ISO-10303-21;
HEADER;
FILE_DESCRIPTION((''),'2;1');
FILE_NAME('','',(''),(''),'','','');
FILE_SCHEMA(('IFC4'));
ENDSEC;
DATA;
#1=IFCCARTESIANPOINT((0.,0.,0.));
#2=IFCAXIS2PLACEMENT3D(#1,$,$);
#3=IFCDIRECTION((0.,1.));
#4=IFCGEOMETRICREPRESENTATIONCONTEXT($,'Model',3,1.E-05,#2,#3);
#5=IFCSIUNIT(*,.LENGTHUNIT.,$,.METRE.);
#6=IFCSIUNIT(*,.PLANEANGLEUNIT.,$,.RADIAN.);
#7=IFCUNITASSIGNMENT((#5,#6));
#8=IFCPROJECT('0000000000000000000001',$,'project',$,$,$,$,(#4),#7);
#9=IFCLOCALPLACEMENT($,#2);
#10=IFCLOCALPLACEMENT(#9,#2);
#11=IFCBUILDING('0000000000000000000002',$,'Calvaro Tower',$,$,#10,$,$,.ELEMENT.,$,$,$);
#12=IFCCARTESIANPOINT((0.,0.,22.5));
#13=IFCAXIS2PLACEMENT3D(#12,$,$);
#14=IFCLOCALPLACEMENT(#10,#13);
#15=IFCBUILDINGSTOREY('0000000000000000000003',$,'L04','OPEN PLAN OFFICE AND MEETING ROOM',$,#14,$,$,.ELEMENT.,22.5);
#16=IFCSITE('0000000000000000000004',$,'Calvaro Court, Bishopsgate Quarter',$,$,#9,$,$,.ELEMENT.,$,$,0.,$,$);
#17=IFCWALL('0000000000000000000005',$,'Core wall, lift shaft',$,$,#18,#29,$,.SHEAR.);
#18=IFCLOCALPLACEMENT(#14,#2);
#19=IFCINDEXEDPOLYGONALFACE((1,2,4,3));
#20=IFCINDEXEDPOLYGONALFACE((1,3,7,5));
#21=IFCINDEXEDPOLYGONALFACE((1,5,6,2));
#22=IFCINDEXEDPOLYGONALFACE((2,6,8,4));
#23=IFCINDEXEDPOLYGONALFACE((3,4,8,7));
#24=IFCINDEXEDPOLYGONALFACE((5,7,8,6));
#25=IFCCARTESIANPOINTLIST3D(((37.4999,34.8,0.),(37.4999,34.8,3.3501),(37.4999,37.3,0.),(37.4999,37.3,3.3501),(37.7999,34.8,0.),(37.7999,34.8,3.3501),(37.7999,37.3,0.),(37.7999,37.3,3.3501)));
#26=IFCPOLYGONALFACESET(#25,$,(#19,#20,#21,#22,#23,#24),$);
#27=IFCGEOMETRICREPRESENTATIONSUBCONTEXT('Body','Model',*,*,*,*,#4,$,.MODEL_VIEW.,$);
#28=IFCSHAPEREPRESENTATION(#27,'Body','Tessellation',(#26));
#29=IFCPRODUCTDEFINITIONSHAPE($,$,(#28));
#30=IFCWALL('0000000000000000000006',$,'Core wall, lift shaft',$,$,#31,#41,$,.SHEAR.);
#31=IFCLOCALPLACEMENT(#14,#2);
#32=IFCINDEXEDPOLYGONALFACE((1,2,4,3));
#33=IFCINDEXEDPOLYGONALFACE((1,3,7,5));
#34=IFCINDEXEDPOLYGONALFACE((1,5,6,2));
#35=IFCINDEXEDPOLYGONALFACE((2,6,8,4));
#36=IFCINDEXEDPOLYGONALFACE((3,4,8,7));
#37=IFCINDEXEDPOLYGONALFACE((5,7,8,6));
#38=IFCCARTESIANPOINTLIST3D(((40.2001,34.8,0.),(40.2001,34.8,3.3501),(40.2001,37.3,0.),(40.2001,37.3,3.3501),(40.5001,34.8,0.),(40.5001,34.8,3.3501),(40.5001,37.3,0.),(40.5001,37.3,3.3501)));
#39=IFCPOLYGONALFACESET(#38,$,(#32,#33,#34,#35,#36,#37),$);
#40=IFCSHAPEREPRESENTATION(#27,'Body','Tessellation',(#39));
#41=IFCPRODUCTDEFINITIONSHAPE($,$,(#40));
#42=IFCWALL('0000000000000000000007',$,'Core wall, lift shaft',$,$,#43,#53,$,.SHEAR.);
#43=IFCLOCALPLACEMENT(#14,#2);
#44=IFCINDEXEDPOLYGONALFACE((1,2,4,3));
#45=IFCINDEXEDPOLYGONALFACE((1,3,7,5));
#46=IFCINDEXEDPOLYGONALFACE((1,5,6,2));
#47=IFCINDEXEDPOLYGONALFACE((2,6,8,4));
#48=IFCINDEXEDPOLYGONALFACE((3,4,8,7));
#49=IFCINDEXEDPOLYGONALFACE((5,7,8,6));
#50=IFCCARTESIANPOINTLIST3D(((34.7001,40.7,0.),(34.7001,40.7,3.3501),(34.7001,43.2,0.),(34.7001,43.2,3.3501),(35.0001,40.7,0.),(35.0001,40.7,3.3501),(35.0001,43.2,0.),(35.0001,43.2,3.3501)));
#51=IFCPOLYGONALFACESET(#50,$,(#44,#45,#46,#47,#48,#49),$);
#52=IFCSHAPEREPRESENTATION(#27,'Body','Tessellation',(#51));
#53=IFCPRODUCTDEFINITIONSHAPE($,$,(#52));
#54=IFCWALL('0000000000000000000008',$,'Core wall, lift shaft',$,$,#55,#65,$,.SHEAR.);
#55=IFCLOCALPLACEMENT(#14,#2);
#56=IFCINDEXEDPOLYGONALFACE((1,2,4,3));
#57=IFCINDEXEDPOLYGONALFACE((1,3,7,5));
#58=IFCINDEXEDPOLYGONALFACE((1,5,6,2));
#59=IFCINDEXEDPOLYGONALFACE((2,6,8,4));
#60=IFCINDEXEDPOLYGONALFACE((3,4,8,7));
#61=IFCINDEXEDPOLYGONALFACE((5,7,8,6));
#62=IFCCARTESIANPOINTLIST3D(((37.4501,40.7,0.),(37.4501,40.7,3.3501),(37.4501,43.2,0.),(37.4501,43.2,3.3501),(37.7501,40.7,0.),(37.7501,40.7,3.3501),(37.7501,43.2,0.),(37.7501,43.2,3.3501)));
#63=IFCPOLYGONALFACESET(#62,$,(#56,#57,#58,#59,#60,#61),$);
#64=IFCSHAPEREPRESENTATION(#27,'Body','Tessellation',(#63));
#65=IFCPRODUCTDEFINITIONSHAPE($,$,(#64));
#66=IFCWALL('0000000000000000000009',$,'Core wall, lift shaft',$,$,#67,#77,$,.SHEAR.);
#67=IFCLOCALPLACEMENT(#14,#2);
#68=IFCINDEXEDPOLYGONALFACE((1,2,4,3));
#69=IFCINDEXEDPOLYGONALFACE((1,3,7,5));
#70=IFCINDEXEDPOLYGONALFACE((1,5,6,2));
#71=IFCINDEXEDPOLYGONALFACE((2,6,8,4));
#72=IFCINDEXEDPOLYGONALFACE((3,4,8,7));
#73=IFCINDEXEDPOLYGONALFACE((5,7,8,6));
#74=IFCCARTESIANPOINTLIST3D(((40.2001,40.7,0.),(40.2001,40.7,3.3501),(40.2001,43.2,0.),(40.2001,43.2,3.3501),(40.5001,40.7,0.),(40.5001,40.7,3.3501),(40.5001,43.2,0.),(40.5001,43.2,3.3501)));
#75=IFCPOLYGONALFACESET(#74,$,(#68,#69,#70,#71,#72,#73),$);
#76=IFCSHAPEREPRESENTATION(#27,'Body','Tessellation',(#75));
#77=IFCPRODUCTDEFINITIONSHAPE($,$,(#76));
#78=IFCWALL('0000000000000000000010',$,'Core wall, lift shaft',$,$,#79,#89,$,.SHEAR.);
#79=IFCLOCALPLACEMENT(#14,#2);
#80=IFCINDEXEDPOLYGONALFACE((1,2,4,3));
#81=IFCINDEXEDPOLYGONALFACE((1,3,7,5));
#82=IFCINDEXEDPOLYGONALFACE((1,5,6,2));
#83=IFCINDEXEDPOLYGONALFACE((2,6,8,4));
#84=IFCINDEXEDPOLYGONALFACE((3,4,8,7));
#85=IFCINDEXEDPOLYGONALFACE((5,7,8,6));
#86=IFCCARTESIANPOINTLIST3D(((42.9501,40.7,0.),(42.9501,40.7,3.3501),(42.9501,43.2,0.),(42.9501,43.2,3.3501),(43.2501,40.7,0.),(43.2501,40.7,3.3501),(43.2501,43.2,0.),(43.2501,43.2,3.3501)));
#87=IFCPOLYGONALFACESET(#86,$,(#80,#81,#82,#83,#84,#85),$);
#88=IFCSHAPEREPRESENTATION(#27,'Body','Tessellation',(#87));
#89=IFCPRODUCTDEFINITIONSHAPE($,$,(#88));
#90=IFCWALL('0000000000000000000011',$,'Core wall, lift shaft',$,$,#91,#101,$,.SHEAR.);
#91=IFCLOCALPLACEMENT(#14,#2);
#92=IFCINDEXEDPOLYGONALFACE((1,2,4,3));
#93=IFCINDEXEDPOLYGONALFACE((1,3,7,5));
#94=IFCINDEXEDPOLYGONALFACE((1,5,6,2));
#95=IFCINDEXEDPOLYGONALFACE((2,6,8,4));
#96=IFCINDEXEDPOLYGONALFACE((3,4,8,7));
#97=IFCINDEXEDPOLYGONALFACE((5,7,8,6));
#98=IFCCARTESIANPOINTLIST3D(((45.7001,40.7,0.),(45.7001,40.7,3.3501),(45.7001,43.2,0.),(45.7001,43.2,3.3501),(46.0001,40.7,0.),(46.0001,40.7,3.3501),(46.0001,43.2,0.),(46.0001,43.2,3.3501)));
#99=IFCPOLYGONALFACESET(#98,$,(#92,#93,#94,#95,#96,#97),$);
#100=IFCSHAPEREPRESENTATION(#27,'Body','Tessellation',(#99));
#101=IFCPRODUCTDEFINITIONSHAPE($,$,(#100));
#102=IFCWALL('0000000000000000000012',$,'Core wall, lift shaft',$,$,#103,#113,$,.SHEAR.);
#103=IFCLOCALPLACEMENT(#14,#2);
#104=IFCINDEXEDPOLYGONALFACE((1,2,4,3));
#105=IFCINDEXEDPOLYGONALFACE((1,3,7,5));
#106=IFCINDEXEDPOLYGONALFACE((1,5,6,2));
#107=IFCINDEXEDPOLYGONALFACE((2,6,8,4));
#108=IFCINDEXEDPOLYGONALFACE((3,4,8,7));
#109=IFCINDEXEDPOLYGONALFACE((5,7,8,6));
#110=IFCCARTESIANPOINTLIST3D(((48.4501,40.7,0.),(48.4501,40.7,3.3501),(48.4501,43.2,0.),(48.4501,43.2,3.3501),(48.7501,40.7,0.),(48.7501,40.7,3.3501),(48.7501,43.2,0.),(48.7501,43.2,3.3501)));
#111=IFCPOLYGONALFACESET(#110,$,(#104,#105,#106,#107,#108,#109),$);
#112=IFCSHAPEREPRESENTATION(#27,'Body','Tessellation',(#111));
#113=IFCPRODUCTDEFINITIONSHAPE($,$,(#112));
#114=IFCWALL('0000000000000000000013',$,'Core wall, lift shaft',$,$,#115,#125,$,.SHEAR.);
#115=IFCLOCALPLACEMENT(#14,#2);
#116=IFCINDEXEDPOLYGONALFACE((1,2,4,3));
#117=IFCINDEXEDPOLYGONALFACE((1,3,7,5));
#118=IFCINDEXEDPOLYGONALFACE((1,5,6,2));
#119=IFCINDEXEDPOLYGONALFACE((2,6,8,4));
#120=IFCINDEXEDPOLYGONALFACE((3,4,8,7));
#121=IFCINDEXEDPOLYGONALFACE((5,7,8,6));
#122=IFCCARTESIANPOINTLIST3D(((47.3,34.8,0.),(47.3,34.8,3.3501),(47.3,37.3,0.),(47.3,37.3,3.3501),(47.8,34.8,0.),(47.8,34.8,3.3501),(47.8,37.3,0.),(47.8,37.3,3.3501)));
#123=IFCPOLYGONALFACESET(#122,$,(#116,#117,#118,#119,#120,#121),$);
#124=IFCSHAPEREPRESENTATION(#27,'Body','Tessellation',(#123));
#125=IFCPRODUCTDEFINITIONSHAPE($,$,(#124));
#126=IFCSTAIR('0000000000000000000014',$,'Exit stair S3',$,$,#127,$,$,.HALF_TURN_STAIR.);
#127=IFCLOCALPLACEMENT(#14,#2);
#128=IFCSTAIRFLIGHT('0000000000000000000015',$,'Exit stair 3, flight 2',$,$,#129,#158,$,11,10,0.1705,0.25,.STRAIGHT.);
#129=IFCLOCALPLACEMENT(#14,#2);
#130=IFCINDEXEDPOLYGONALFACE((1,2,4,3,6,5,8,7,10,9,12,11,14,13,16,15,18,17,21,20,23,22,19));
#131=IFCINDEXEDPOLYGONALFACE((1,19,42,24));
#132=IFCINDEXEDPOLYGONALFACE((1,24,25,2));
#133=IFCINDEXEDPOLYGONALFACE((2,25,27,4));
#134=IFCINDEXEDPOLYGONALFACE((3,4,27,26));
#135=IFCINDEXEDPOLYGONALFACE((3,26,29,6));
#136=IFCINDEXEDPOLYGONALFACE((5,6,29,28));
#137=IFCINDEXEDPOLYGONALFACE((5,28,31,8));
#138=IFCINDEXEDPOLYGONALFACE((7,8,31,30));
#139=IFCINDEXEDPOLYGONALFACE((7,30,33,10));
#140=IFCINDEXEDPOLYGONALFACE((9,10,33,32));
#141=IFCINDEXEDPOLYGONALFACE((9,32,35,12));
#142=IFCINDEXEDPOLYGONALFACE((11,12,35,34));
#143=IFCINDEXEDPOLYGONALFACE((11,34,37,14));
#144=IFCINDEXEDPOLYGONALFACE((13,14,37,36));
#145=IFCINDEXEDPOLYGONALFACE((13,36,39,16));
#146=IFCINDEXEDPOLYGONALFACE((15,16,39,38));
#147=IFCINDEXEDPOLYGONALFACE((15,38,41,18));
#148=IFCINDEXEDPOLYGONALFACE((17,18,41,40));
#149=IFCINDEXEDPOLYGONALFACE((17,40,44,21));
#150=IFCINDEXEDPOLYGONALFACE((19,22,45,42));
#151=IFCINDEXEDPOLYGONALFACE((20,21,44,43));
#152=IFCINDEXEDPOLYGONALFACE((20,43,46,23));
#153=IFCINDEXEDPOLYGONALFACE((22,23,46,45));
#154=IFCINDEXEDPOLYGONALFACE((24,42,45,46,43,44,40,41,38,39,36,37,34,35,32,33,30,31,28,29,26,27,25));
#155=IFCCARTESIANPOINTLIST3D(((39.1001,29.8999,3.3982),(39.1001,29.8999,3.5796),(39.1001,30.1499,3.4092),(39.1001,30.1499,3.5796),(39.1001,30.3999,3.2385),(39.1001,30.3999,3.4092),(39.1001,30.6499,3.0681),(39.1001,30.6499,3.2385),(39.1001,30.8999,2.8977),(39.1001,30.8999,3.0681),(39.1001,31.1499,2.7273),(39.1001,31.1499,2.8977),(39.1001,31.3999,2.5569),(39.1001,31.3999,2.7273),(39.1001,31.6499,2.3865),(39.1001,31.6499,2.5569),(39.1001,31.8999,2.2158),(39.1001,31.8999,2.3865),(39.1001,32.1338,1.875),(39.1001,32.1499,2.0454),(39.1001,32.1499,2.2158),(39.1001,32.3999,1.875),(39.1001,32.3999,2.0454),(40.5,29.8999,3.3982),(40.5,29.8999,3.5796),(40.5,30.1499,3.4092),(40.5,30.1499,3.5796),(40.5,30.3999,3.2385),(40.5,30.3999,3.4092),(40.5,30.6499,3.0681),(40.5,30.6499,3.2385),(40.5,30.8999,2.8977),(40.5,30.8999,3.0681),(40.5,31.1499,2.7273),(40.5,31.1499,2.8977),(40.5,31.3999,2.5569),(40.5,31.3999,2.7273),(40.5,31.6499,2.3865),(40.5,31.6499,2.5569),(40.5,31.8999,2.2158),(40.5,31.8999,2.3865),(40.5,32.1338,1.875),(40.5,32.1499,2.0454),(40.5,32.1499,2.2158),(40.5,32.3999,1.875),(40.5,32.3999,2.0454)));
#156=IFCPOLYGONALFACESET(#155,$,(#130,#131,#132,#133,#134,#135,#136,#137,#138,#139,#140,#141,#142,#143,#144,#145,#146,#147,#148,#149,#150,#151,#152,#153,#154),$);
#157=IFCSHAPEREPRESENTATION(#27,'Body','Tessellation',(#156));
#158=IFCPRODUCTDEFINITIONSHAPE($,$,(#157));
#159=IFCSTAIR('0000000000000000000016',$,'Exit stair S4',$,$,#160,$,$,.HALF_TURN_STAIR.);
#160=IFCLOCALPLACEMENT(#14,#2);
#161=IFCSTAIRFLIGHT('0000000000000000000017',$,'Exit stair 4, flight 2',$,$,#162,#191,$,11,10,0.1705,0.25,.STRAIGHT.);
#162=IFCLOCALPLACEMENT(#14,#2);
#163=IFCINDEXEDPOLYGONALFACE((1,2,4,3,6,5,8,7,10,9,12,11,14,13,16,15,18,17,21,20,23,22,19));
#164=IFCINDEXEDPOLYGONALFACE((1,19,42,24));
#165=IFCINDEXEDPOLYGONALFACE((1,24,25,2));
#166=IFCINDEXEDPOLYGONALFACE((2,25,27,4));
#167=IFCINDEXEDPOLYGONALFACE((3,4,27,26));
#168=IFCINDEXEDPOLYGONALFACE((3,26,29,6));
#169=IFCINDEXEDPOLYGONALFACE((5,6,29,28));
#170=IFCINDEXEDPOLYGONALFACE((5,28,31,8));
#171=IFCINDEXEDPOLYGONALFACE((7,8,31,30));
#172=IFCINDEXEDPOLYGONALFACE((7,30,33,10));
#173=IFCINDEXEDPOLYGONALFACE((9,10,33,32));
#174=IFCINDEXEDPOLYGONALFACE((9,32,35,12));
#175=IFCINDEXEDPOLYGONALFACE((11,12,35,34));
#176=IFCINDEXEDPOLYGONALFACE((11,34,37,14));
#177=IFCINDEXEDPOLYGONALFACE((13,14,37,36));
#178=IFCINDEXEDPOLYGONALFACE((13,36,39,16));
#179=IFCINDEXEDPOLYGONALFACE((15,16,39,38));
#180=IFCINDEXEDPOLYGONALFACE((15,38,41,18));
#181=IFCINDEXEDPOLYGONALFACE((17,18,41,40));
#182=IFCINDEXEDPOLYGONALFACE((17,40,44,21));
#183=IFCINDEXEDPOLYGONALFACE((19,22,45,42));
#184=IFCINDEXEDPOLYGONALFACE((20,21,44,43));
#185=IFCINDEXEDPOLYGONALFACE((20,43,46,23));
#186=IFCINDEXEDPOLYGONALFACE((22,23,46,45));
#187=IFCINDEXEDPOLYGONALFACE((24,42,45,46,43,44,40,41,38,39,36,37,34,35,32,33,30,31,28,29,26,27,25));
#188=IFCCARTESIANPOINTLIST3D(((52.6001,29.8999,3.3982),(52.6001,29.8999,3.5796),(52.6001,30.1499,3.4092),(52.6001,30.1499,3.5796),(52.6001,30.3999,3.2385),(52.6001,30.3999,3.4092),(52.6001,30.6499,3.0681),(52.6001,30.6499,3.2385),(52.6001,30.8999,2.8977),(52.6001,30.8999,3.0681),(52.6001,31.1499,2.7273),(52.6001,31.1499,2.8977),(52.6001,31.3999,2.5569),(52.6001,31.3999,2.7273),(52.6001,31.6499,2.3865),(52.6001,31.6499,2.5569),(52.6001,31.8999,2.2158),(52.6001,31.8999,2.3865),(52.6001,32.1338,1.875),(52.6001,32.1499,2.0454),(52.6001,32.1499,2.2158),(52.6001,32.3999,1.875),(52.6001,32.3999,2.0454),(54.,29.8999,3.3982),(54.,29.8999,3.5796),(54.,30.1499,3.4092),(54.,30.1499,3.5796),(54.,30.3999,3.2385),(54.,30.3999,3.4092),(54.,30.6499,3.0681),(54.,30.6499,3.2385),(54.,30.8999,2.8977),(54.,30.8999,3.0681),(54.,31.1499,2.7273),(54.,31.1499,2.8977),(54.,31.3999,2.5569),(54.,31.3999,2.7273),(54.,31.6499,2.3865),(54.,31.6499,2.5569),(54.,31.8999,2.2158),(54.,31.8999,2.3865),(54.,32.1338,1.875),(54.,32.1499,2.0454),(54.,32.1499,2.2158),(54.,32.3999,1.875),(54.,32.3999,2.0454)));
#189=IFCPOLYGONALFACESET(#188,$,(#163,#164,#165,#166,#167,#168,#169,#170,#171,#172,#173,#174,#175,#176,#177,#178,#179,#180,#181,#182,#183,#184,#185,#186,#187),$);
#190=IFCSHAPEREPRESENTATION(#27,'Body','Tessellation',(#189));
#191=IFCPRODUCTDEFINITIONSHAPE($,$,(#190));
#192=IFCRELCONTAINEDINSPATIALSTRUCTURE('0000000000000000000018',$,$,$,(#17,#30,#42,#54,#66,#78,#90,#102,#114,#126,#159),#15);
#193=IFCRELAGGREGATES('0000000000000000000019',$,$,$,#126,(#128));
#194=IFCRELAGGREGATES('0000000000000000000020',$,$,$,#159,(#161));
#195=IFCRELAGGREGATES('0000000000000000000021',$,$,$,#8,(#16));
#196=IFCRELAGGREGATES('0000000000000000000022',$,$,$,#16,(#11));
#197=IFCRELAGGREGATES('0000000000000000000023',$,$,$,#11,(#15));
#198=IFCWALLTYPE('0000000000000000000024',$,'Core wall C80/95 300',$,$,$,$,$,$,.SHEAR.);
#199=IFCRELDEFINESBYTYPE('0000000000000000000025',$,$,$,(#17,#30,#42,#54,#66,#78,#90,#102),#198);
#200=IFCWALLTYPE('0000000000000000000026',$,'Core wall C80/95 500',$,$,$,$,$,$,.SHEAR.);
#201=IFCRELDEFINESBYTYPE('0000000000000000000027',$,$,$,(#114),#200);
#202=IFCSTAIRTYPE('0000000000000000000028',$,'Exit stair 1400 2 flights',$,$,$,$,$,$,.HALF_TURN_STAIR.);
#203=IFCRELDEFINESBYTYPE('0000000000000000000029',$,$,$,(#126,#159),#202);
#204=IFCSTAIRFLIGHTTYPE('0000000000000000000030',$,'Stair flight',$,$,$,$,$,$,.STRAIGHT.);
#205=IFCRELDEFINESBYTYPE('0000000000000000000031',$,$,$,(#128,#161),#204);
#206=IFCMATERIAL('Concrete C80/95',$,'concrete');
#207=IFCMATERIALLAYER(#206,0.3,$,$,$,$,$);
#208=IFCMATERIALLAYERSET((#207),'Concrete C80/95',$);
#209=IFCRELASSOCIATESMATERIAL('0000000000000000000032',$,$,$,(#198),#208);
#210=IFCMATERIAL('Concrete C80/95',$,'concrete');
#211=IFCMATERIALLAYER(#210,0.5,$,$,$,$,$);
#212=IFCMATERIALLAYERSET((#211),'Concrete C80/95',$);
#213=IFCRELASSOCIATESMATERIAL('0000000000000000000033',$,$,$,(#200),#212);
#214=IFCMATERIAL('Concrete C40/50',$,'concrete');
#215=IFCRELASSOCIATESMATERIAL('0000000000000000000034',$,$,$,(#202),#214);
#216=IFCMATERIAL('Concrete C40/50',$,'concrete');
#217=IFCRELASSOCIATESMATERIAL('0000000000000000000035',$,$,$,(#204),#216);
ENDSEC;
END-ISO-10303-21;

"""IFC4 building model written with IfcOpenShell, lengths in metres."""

from ifc_helpers import new_model, si_unit, direction, frame, frame_2d, origin, place, context, subcontext, project, spatial, polyline, rectangle, outline, extrude, material, layer, layer_set, type_object, element, aggregate, save


model = new_model("IFC4")

# Units and contexts
model_context = context("Model", 3, precision=1e-05, world=origin(), true_north=direction((0.0, 1.0)))
body_context = subcontext(model_context, "Body", "Model", "MODEL_VIEW")
ifc_project = project(units=[si_unit("LENGTHUNIT", "METRE"), si_unit("PLANEANGLEUNIT", "RADIAN")], contexts=[model_context])

# Site, building, storey
site_placement = place(None, origin())
site = spatial("IfcSite", under=ifc_project, at=site_placement, Name="Calvaro Court, Bishopsgate Quarter", CompositionType="ELEMENT", RefElevation=0.0)
building_placement = place(site_placement, origin())
building = spatial("IfcBuilding", under=site, at=building_placement, Name="Calvaro Tower", CompositionType="ELEMENT")
storey_placement = place(building_placement, frame((0.0, 0.0, 22.5)))
storey = spatial("IfcBuildingStorey", under=building, at=storey_placement, Name="L04", Description="OPEN PLAN OFFICE AND MEETING ROOM", CompositionType="ELEMENT", Elevation=22.5)

# Shared definitions
ifc_material_1 = material(Name="Concrete C80/95", Category="concrete")
ifc_layer_1 = layer(ifc_material_1, 0.3)
ifc_layer_set_1 = layer_set([ifc_layer_1], Name="Concrete C80/95")
wall_type_1 = type_object("IfcWallType", Name="Core wall C80/95 300", PredefinedType="SHEAR", material=ifc_layer_set_1)

# Walls
for number, where, z_axis, x_axis, name in (
    (1, (37.6499, 34.8, 0.0), (0.0, 0.0, 1.0), (0.0, 1.0, 0.0), "Core wall, lift shaft"),
    (2, (40.3501, 34.8, 0.0), (0.0, 0.0, 1.0), (0.0, 1.0, 0.0), "Core wall, lift shaft"),
    (3, (34.8501, 40.7, 0.0), (0.0, 0.0, 1.0), (0.0, 1.0, 0.0), "Core wall, lift shaft"),
    (4, (37.6001, 40.7, 0.0), (0.0, 0.0, 1.0), (0.0, 1.0, 0.0), "Core wall, lift shaft"),
    (5, (40.3501, 40.7, 0.0), (0.0, 0.0, 1.0), (0.0, 1.0, 0.0), "Core wall, lift shaft"),
    (6, (43.1001, 40.7, 0.0), (0.0, 0.0, 1.0), (0.0, 1.0, 0.0), "Core wall, lift shaft"),
    (7, (45.8501, 40.7, 0.0), (0.0, 0.0, 1.0), (0.0, 1.0, 0.0), "Core wall, lift shaft"),
    (8, (48.6001, 40.7, 0.0), (0.0, 0.0, 1.0), (0.0, 1.0, 0.0), "Core wall, lift shaft"),
):
    element("IfcWall", number, at=place(storey_placement, frame(where, z_axis=z_axis, x_axis=x_axis)), inside=storey, type_object=wall_type_1, Name=name, PredefinedType="SHEAR", context=body_context, shape_type="SweptSolid", body=[
        extrude(rectangle(XDim=2.5, YDim=0.3, at=frame_2d((1.25, 0.0))), origin(), (0.0, 0.0, 1.0), 3.3501),
    ])
ifc_material_2 = material(Name="Concrete C80/95", Category="concrete")
ifc_layer_2 = layer(ifc_material_2, 0.5)
ifc_layer_set_2 = layer_set([ifc_layer_2], Name="Concrete C80/95")
wall_type_2 = type_object("IfcWallType", Name="Core wall C80/95 500", PredefinedType="SHEAR", material=ifc_layer_set_2)
wall_1_placement = place(storey_placement, frame((47.55, 34.8, 0.0), z_axis=(0.0, 0.0, 1.0), x_axis=(0.0, 1.0, 0.0)))
element("IfcWall", 9, at=wall_1_placement, inside=storey, type_object=wall_type_2, Name="Core wall, lift shaft", PredefinedType="SHEAR", context=body_context, shape_type="SweptSolid", body=[
    extrude(rectangle(XDim=2.5, YDim=0.5, at=frame_2d((1.25, 0.0))), origin(), (0.0, 0.0, 1.0), 3.3501),
])

# Stairs, stair flights
ifc_material_3 = material(Name="Concrete C40/50", Category="concrete")
stair_type = type_object("IfcStairType", Name="Exit stair 1400 2 flights", PredefinedType="HALF_TURN_STAIR", material=ifc_material_3)
stair_1_placement = place(storey_placement, origin())
stair_1 = element("IfcStair", 10, at=stair_1_placement, inside=storey, type_object=stair_type, Name="Exit stair S3", PredefinedType="HALF_TURN_STAIR")
ifc_material_4 = material(Name="Concrete C40/50", Category="concrete")
stair_flight_type = type_object("IfcStairFlightType", Name="Stair flight", PredefinedType="STRAIGHT", material=ifc_material_4)
stair_flight_1_placement = place(storey_placement, frame((39.8, 32.3999, 1.875), z_axis=(0.0, 0.0, 1.0), x_axis=(0.0, -1.0, 0.0)))
stair_flight_1 = element("IfcStairFlight", 11, at=stair_flight_1_placement, type_object=stair_flight_type, Name="Exit stair 3, flight 2", NumberOfRisers=11, NumberOfTreads=10, PredefinedType="STRAIGHT", RiserHeight=0.1705, TreadLength=0.25, context=body_context, shape_type="SweptSolid", body=[
    extrude(outline(polyline([(0.0, 0.0), (0.0, 0.1704), (0.25, 0.1704), (0.25, 0.3408), (0.5, 0.3408), (0.5, 0.5115), (0.75, 0.5115), (0.75, 0.6819), (1.0, 0.6819), (1.0, 0.8523), (1.25, 0.8523), (1.25, 1.0227), (1.5, 1.0227), (1.5, 1.1931), (1.75, 1.1931), (1.75, 1.3635), (2.0, 1.3635), (2.0, 1.5342), (2.25, 1.5342), (2.25, 1.7046), (2.5, 1.7046), (2.5, 1.875), (2.5, 1.5232), (0.2661, 0.0), (0.0, 0.0)])), frame((0.0, 0.7, 0.0), z_axis=(0.0, -1.0, 0.0), x_axis=(1.0, 0.0, 0.0)), (0.0, 0.0, 1.0), 1.3999),
])
stair_2_placement = place(storey_placement, origin())
stair_2 = element("IfcStair", 12, at=stair_2_placement, inside=storey, type_object=stair_type, Name="Exit stair S4", PredefinedType="HALF_TURN_STAIR")
stair_flight_2_placement = place(storey_placement, frame((53.3, 32.3999, 1.875), z_axis=(0.0, 0.0, 1.0), x_axis=(0.0, -1.0, 0.0)))
stair_flight_2 = element("IfcStairFlight", 13, at=stair_flight_2_placement, type_object=stair_flight_type, Name="Exit stair 4, flight 2", NumberOfRisers=11, NumberOfTreads=10, PredefinedType="STRAIGHT", RiserHeight=0.1705, TreadLength=0.25, context=body_context, shape_type="SweptSolid", body=[
    extrude(outline(polyline([(0.0, 0.0), (0.0, 0.1704), (0.25, 0.1704), (0.25, 0.3408), (0.5, 0.3408), (0.5, 0.5115), (0.75, 0.5115), (0.75, 0.6819), (1.0, 0.6819), (1.0, 0.8523), (1.25, 0.8523), (1.25, 1.0227), (1.5, 1.0227), (1.5, 1.1931), (1.75, 1.1931), (1.75, 1.3635), (2.0, 1.3635), (2.0, 1.5342), (2.25, 1.5342), (2.25, 1.7046), (2.5, 1.7046), (2.5, 1.875), (2.5, 1.5232), (0.2661, 0.0), (0.0, 0.0)])), frame((0.0, 0.7, 0.0), z_axis=(0.0, -1.0, 0.0), x_axis=(1.0, 0.0, 0.0)), (0.0, 0.0, 1.0), 1.3999),
])

aggregate(stair_1, [stair_flight_1])
aggregate(stair_2, [stair_flight_2])

save(model, "model.ifc")
